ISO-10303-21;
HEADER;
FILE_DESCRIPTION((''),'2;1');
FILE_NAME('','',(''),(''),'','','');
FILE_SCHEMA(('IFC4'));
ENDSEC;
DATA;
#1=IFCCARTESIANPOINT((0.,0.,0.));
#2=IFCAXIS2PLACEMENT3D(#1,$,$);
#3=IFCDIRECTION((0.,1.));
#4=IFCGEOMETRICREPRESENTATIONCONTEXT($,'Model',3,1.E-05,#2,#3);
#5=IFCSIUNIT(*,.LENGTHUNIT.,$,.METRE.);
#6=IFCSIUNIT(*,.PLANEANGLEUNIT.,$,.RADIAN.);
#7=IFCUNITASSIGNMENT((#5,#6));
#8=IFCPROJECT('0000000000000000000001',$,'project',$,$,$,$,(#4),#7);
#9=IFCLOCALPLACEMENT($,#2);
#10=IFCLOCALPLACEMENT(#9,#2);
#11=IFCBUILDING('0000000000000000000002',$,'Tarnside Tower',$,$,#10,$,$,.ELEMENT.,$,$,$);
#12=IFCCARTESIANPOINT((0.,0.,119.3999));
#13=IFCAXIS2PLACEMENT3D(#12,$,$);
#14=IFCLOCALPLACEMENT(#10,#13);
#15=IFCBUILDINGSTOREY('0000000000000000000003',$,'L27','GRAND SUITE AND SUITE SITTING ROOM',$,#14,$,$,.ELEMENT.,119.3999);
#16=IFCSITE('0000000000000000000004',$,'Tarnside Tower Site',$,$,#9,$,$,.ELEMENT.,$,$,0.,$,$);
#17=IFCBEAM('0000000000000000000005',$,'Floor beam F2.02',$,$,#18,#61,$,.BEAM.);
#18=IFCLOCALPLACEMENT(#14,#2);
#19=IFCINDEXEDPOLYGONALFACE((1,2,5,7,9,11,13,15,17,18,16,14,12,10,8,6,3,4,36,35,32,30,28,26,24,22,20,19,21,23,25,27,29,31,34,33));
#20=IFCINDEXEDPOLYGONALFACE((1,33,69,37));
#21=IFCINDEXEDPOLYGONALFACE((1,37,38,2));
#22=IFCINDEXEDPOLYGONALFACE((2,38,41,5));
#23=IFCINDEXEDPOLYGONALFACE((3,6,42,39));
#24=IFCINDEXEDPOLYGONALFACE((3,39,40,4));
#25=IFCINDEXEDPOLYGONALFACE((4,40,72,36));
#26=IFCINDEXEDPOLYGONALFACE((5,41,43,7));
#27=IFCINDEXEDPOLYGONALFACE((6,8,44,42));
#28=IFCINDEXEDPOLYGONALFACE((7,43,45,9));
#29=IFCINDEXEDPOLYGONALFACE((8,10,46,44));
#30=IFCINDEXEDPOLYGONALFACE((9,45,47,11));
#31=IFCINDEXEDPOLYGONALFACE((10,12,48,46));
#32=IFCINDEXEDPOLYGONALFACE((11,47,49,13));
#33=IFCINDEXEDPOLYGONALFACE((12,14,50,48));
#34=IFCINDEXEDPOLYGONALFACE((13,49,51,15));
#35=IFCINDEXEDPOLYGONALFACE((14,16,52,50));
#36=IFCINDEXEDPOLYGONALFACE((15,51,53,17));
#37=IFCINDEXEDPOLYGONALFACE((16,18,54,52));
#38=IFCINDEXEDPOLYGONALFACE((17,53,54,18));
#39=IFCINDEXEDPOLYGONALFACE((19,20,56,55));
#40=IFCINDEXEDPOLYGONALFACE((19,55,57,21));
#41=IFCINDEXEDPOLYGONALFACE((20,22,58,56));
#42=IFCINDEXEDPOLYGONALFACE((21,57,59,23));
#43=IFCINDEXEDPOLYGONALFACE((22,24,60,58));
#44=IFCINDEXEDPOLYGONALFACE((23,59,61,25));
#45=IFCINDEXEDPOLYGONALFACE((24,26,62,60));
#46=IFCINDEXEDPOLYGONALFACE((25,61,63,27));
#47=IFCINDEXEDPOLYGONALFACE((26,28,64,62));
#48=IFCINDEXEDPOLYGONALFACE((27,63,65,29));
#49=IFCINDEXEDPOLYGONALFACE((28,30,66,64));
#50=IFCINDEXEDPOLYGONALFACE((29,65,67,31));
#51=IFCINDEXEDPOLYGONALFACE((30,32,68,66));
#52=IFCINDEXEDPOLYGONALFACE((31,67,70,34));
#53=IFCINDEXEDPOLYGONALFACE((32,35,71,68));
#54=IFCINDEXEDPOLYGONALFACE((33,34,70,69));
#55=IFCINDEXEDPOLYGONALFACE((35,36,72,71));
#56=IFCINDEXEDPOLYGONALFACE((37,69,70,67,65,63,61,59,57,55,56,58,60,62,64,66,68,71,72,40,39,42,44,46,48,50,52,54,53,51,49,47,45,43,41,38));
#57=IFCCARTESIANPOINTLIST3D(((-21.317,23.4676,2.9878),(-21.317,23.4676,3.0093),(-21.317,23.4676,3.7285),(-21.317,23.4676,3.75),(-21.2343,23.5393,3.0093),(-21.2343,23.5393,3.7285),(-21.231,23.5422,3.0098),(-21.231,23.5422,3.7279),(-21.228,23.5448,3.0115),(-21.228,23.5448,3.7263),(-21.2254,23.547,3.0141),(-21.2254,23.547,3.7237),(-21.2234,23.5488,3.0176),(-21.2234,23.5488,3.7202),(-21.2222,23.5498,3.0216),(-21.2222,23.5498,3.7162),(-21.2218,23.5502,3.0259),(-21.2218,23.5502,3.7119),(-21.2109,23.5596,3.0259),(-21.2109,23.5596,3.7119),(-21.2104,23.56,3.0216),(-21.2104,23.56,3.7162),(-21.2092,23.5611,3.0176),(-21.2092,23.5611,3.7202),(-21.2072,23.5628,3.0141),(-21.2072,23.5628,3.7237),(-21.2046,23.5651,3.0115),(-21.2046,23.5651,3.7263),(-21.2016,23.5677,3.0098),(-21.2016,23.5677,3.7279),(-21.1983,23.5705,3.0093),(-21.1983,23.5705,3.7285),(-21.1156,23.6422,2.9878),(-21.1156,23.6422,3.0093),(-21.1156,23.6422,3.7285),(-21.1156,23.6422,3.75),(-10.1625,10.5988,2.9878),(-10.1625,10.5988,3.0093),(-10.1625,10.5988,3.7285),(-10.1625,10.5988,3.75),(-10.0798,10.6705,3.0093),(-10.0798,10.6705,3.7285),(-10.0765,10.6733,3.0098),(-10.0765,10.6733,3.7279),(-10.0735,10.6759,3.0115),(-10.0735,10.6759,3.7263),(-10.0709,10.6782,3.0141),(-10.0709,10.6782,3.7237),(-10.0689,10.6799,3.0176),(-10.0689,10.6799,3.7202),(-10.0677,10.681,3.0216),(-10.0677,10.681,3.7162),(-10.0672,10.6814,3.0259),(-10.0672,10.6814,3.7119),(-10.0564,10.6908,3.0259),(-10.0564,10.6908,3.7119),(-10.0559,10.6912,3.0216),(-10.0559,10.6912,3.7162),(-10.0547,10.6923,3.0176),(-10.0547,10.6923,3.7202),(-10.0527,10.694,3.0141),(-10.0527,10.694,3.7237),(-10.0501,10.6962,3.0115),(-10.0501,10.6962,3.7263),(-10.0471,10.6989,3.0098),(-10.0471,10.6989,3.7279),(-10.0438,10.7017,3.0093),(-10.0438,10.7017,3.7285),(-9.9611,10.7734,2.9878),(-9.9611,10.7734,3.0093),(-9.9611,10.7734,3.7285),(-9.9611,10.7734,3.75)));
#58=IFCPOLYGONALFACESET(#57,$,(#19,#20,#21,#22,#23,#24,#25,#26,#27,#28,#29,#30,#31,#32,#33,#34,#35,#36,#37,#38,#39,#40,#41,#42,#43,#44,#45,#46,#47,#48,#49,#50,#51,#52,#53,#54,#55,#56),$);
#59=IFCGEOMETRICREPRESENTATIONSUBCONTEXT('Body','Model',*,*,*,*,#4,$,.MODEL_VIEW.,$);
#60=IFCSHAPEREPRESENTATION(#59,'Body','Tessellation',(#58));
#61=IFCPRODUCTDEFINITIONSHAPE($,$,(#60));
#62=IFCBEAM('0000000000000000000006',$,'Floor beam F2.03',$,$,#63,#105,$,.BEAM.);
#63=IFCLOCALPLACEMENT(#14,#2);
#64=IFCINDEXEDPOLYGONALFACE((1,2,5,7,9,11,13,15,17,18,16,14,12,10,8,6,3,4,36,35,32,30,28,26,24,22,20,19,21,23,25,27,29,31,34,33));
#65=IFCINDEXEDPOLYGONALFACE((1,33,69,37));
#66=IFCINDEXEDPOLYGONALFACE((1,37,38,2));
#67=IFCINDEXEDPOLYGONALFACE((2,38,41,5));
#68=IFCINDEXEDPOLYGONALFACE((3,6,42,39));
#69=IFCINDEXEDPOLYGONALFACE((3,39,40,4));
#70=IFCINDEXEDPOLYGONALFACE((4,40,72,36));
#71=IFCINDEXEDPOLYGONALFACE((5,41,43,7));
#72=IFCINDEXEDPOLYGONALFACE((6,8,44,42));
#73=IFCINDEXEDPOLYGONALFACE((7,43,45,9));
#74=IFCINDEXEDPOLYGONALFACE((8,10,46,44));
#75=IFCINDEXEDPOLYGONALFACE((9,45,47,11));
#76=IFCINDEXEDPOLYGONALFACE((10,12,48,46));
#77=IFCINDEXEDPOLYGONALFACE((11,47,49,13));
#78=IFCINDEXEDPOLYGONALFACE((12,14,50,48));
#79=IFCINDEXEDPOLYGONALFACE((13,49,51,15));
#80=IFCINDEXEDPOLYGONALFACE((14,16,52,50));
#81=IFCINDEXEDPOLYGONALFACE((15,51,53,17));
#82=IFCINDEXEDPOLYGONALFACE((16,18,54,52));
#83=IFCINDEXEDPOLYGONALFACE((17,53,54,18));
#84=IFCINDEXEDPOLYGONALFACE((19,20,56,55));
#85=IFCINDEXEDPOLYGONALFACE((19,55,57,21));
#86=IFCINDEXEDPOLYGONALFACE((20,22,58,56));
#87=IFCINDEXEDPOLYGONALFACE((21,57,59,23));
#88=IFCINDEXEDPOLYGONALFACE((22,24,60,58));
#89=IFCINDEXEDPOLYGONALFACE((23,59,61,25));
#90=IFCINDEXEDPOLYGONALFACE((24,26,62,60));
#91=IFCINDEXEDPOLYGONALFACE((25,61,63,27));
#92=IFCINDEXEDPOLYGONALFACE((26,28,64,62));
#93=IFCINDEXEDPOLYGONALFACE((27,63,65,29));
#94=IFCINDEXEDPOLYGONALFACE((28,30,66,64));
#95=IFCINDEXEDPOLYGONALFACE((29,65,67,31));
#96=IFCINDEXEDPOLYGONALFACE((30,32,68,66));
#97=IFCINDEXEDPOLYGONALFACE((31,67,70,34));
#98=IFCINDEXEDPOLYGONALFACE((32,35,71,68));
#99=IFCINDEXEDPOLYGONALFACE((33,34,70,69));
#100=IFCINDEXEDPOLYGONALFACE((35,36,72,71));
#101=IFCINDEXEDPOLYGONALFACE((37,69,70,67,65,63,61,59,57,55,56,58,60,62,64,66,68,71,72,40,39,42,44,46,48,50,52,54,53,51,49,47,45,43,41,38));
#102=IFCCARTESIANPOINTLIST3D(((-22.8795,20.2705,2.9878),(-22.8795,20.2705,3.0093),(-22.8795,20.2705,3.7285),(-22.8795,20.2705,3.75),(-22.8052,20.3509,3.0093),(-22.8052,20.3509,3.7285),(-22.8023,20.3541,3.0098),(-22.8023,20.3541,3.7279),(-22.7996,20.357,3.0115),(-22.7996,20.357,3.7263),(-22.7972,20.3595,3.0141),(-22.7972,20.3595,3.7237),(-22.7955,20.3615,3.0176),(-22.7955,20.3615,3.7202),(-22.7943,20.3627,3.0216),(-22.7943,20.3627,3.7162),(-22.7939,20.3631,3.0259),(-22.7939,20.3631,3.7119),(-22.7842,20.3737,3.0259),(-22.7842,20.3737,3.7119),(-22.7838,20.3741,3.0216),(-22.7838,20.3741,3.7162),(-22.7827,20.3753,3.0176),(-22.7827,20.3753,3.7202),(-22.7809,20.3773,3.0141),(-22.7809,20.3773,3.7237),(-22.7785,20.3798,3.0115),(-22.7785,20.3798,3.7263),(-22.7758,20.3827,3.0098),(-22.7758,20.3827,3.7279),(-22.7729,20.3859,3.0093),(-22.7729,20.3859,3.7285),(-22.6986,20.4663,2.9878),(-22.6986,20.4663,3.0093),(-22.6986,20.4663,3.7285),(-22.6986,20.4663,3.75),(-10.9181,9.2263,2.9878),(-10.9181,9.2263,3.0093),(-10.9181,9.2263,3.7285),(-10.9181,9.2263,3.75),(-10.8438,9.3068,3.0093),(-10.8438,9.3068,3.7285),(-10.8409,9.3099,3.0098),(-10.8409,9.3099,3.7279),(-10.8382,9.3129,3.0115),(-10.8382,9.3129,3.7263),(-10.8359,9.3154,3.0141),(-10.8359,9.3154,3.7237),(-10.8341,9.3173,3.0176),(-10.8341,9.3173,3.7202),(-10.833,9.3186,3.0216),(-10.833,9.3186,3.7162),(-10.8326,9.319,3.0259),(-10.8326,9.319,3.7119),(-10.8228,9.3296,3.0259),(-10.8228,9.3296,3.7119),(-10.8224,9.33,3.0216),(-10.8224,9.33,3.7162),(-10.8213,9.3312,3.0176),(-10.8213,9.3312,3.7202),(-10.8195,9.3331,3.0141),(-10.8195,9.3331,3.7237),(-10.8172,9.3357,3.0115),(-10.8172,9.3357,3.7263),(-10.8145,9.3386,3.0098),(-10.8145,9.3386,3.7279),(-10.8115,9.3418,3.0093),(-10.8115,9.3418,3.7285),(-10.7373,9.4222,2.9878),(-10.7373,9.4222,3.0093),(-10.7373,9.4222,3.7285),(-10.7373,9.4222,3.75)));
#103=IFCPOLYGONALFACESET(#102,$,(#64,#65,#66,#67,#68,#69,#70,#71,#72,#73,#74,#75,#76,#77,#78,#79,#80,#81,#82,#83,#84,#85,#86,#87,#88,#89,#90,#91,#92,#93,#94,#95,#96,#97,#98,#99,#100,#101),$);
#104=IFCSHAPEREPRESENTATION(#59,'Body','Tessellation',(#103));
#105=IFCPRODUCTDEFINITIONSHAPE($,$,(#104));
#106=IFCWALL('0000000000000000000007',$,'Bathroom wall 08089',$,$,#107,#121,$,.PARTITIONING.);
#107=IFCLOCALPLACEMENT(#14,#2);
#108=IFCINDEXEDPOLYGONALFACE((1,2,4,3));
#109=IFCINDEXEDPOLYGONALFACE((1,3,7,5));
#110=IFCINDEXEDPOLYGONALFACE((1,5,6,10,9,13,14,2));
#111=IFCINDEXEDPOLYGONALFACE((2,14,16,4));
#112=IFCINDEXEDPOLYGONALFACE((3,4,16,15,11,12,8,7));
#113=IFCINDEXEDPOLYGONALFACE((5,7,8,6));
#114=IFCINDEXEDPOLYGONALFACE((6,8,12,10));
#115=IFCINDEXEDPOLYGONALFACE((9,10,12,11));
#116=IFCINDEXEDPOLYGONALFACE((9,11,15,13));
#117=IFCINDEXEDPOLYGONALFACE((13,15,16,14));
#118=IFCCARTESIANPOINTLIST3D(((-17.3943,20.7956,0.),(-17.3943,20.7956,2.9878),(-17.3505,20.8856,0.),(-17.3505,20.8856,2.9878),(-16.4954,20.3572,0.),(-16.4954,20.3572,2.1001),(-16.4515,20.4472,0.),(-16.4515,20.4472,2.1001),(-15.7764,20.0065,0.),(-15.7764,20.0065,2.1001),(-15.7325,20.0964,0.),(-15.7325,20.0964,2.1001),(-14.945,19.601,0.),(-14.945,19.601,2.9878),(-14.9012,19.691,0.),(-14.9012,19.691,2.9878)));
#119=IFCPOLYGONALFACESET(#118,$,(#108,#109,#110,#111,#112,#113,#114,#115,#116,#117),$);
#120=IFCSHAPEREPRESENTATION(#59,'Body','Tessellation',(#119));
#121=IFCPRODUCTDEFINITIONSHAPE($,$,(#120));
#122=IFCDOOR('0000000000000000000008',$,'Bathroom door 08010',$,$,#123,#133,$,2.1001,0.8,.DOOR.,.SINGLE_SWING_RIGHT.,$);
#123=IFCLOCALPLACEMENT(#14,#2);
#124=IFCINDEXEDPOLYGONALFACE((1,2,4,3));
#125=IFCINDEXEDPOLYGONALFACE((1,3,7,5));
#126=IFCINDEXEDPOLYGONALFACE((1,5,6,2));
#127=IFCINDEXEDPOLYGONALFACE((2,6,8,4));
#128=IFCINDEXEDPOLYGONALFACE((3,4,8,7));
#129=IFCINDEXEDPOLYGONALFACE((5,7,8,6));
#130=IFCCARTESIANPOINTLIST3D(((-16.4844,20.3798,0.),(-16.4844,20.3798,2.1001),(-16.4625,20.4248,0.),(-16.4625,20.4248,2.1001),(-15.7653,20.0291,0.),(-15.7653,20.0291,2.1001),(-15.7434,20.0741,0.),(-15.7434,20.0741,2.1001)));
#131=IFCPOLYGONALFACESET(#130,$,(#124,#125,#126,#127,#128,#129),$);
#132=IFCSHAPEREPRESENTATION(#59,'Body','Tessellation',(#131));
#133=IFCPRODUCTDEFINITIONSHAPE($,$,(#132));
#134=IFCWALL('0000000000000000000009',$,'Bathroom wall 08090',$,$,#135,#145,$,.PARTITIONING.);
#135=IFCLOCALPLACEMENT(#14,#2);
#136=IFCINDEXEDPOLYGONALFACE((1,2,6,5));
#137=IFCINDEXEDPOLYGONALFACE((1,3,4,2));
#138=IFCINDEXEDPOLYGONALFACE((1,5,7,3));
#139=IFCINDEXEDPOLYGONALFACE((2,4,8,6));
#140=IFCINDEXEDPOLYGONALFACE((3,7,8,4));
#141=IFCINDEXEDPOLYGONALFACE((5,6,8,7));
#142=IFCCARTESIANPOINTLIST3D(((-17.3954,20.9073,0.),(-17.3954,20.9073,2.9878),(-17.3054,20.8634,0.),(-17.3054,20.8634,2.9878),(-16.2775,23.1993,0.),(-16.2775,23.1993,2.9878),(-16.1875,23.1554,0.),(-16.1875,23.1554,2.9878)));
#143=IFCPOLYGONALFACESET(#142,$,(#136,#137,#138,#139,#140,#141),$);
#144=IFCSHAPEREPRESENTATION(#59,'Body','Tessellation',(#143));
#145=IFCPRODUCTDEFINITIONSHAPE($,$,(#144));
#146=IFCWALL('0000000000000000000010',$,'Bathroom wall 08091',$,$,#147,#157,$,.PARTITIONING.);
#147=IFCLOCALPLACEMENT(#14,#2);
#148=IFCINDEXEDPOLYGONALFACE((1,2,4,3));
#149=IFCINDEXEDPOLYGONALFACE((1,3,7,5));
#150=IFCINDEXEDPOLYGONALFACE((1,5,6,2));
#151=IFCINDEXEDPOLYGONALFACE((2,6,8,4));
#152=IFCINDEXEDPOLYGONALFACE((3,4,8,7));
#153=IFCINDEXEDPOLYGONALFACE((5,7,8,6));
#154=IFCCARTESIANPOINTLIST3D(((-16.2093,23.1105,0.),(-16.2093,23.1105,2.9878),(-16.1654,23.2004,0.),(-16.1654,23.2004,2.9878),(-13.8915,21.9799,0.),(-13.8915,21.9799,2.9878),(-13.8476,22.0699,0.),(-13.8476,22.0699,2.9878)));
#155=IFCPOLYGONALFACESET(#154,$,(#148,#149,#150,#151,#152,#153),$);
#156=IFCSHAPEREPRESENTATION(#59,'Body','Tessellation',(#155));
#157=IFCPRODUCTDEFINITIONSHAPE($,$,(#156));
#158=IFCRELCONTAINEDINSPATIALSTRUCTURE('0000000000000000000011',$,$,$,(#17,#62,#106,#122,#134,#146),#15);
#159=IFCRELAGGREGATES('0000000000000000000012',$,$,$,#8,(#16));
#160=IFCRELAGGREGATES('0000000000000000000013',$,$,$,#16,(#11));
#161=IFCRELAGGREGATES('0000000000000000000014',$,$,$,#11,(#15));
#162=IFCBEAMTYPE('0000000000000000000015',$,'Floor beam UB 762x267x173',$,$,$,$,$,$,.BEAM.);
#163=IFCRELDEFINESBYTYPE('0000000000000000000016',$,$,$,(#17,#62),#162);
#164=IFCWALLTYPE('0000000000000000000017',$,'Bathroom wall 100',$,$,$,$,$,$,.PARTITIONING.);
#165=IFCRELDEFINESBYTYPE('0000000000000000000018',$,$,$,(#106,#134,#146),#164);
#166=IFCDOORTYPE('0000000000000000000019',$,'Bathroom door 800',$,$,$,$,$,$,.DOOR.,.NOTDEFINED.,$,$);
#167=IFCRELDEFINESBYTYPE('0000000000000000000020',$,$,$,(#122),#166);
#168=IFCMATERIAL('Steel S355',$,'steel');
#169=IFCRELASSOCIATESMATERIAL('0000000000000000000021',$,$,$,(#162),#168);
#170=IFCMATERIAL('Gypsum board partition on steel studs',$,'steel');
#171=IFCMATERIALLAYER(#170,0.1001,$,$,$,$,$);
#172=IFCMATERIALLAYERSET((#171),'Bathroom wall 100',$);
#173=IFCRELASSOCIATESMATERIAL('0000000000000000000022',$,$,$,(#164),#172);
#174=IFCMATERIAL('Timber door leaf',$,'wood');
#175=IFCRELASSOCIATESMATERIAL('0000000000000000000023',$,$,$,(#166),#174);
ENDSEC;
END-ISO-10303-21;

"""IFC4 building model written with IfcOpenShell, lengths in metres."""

from ifc_helpers import new_model, si_unit, direction, frame, frame_2d, origin, origin_2d, place, context, subcontext, project, spatial, rectangle, i_section, extrude, material, layer, layer_set, material_profile, profile_set, type_object, element, fill, save


model = new_model("IFC4")

# Units and contexts
model_context = context("Model", 3, precision=1e-05, world=origin(), true_north=direction((0.0, 1.0)))
body_context = subcontext(model_context, "Body", "Model", "MODEL_VIEW")
ifc_project = project(units=[si_unit("LENGTHUNIT", "METRE"), si_unit("PLANEANGLEUNIT", "RADIAN")], contexts=[model_context])

# Site, building, storey
site_placement = place(None, origin())
site = spatial("IfcSite", under=ifc_project, at=site_placement, Name="Tarnside Tower Site", CompositionType="ELEMENT", RefElevation=0.0)
building_placement = place(site_placement, origin())
building = spatial("IfcBuilding", under=site, at=building_placement, Name="Tarnside Tower", CompositionType="ELEMENT")
storey_placement = place(building_placement, frame((0.0, 0.0, 119.3999)))
storey = spatial("IfcBuildingStorey", under=building, at=storey_placement, Name="L27", Description="GRAND SUITE AND SUITE SITTING ROOM", CompositionType="ELEMENT", Elevation=119.3999)

# Beams
ifc_material_1 = material(Name="Steel S355", Category="steel")
ifc_material_profile = material_profile(ifc_material_1, i_section(OverallWidth=0.2666, OverallDepth=0.7622, WebThickness=0.0144, FlangeThickness=0.0215, FilletRadius=0.0166, at=origin_2d()), Name="UB 762x267x173")
ifc_profile_set = profile_set([ifc_material_profile], Name="Steel S355")
beam_type = type_object("IfcBeamType", Name="Floor beam UB 762x267x173", PredefinedType="BEAM", material=ifc_profile_set)
beam_1_placement = place(storey_placement, frame((-21.2163, 23.5549, 3.3689), z_axis=(0.654981, -0.755646, 0.0), x_axis=(0.755646, 0.654981, 0.0)))
element("IfcBeam", 1, at=beam_1_placement, inside=storey, type_object=beam_type, Name="Floor beam F2.02", PredefinedType="BEAM", context=body_context, shape_type="SweptSolid", body=[
    extrude(i_section(OverallWidth=0.2666, OverallDepth=0.7622, WebThickness=0.0144, FlangeThickness=0.0215, FilletRadius=0.0166, at=origin_2d()), origin(), (0.0, 0.0, 1.0), 17.0303),
])
beam_2_placement = place(storey_placement, frame((-22.7891, 20.3684, 3.3689), z_axis=(0.734715, -0.678375, 0.0), x_axis=(0.678375, 0.734715, 0.0)))
element("IfcBeam", 2, at=beam_2_placement, inside=storey, type_object=beam_type, Name="Floor beam F2.03", PredefinedType="BEAM", context=body_context, shape_type="SweptSolid", body=[
    extrude(i_section(OverallWidth=0.2666, OverallDepth=0.7622, WebThickness=0.0144, FlangeThickness=0.0215, FilletRadius=0.0166, at=origin_2d()), origin(), (0.0, 0.0, 1.0), 16.2803),
])

# Wall, opening, door
ifc_material_2 = material(Name="Gypsum board partition on steel studs", Category="steel")
ifc_layer_1 = layer(ifc_material_2, 0.1001)
ifc_layer_set_1 = layer_set([ifc_layer_1], Name="Bathroom wall 100")
wall_type_1 = type_object("IfcWallType", Name="Bathroom wall 100", PredefinedType="PARTITIONING", material=ifc_layer_set_1)
wall_1_placement = place(storey_placement, frame((-14.9231, 19.646, 0.0), z_axis=(0.0, 0.0, 1.0), x_axis=(-0.898792, 0.438376, 0.0)))
wall_1 = element("IfcWall", 3, at=wall_1_placement, inside=storey, type_object=wall_type_1, Name="Bathroom wall 08089", PredefinedType="PARTITIONING", context=body_context, shape_type="SweptSolid", body=[
    extrude(rectangle(XDim=2.7251, YDim=0.1001, at=frame_2d((1.3625, 0.0))), origin(), (0.0, 0.0, 1.0), 2.9878),
])
opening_1_placement = place(wall_1_placement, frame((0.925, 0.0, 0.0)))
opening_1 = element("IfcOpeningElement", 4, at=opening_1_placement, cuts=wall_1, PredefinedType="OPENING", context=body_context, shape_type="SweptSolid", body=[
    extrude(rectangle(XDim=0.8, YDim=2.1001, at=frame_2d((0.3999, 1.05))), frame((0.0, 0.0601, 0.0), z_axis=(0.0, -1.0, 0.0), x_axis=(1.0, 0.0, 0.0)), (0.0, 0.0, 1.0), 0.1201),
])
ifc_material_3 = material(Name="Timber door leaf", Category="wood")
door_type_1 = type_object("IfcDoorType", Name="Bathroom door 800", OperationType="NOTDEFINED", PredefinedType="DOOR", material=ifc_material_3)
door_1_placement = place(opening_1_placement, origin())
door_1 = element("IfcDoor", 5, at=door_1_placement, inside=storey, type_object=door_type_1, Name="Bathroom door 08010", OperationType="SINGLE_SWING_RIGHT", OverallHeight=2.1001, OverallWidth=0.8, PredefinedType="DOOR", context=body_context, shape_type="SweptSolid", body=[
    extrude(rectangle(XDim=0.8, YDim=2.1001, at=frame_2d((0.3999, 1.05))), frame((0.0, 0.0249, 0.0), z_axis=(0.0, -1.0, 0.0), x_axis=(1.0, 0.0, 0.0)), (0.0, 0.0, 1.0), 0.05),
])
fill(opening_1, door_1)

# Walls
wall_2_placement = place(storey_placement, frame((-17.3503, 20.8855, 0.0), z_axis=(0.0, 0.0, 1.0), x_axis=(0.438384, 0.898788, 0.0)))
element("IfcWall", 6, at=wall_2_placement, inside=storey, type_object=wall_type_1, Name="Bathroom wall 08090", PredefinedType="PARTITIONING", context=body_context, shape_type="SweptSolid", body=[
    extrude(rectangle(XDim=2.55, YDim=0.1001, at=frame_2d((1.2749, 0.0))), origin(), (0.0, 0.0, 1.0), 2.9878),
])
wall_3_placement = place(storey_placement, frame((-16.1875, 23.1555, 0.0), z_axis=(0.0, 0.0, 1.0), x_axis=(0.898777, -0.438407, 0.0)))
element("IfcWall", 7, at=wall_3_placement, inside=storey, type_object=wall_type_1, Name="Bathroom wall 08091", PredefinedType="PARTITIONING", context=body_context, shape_type="SweptSolid", body=[
    extrude(rectangle(XDim=2.5789, YDim=0.1001, at=frame_2d((1.2896, 0.0))), origin(), (0.0, 0.0, 1.0), 2.9878),
])

save(model, "model.ifc")
